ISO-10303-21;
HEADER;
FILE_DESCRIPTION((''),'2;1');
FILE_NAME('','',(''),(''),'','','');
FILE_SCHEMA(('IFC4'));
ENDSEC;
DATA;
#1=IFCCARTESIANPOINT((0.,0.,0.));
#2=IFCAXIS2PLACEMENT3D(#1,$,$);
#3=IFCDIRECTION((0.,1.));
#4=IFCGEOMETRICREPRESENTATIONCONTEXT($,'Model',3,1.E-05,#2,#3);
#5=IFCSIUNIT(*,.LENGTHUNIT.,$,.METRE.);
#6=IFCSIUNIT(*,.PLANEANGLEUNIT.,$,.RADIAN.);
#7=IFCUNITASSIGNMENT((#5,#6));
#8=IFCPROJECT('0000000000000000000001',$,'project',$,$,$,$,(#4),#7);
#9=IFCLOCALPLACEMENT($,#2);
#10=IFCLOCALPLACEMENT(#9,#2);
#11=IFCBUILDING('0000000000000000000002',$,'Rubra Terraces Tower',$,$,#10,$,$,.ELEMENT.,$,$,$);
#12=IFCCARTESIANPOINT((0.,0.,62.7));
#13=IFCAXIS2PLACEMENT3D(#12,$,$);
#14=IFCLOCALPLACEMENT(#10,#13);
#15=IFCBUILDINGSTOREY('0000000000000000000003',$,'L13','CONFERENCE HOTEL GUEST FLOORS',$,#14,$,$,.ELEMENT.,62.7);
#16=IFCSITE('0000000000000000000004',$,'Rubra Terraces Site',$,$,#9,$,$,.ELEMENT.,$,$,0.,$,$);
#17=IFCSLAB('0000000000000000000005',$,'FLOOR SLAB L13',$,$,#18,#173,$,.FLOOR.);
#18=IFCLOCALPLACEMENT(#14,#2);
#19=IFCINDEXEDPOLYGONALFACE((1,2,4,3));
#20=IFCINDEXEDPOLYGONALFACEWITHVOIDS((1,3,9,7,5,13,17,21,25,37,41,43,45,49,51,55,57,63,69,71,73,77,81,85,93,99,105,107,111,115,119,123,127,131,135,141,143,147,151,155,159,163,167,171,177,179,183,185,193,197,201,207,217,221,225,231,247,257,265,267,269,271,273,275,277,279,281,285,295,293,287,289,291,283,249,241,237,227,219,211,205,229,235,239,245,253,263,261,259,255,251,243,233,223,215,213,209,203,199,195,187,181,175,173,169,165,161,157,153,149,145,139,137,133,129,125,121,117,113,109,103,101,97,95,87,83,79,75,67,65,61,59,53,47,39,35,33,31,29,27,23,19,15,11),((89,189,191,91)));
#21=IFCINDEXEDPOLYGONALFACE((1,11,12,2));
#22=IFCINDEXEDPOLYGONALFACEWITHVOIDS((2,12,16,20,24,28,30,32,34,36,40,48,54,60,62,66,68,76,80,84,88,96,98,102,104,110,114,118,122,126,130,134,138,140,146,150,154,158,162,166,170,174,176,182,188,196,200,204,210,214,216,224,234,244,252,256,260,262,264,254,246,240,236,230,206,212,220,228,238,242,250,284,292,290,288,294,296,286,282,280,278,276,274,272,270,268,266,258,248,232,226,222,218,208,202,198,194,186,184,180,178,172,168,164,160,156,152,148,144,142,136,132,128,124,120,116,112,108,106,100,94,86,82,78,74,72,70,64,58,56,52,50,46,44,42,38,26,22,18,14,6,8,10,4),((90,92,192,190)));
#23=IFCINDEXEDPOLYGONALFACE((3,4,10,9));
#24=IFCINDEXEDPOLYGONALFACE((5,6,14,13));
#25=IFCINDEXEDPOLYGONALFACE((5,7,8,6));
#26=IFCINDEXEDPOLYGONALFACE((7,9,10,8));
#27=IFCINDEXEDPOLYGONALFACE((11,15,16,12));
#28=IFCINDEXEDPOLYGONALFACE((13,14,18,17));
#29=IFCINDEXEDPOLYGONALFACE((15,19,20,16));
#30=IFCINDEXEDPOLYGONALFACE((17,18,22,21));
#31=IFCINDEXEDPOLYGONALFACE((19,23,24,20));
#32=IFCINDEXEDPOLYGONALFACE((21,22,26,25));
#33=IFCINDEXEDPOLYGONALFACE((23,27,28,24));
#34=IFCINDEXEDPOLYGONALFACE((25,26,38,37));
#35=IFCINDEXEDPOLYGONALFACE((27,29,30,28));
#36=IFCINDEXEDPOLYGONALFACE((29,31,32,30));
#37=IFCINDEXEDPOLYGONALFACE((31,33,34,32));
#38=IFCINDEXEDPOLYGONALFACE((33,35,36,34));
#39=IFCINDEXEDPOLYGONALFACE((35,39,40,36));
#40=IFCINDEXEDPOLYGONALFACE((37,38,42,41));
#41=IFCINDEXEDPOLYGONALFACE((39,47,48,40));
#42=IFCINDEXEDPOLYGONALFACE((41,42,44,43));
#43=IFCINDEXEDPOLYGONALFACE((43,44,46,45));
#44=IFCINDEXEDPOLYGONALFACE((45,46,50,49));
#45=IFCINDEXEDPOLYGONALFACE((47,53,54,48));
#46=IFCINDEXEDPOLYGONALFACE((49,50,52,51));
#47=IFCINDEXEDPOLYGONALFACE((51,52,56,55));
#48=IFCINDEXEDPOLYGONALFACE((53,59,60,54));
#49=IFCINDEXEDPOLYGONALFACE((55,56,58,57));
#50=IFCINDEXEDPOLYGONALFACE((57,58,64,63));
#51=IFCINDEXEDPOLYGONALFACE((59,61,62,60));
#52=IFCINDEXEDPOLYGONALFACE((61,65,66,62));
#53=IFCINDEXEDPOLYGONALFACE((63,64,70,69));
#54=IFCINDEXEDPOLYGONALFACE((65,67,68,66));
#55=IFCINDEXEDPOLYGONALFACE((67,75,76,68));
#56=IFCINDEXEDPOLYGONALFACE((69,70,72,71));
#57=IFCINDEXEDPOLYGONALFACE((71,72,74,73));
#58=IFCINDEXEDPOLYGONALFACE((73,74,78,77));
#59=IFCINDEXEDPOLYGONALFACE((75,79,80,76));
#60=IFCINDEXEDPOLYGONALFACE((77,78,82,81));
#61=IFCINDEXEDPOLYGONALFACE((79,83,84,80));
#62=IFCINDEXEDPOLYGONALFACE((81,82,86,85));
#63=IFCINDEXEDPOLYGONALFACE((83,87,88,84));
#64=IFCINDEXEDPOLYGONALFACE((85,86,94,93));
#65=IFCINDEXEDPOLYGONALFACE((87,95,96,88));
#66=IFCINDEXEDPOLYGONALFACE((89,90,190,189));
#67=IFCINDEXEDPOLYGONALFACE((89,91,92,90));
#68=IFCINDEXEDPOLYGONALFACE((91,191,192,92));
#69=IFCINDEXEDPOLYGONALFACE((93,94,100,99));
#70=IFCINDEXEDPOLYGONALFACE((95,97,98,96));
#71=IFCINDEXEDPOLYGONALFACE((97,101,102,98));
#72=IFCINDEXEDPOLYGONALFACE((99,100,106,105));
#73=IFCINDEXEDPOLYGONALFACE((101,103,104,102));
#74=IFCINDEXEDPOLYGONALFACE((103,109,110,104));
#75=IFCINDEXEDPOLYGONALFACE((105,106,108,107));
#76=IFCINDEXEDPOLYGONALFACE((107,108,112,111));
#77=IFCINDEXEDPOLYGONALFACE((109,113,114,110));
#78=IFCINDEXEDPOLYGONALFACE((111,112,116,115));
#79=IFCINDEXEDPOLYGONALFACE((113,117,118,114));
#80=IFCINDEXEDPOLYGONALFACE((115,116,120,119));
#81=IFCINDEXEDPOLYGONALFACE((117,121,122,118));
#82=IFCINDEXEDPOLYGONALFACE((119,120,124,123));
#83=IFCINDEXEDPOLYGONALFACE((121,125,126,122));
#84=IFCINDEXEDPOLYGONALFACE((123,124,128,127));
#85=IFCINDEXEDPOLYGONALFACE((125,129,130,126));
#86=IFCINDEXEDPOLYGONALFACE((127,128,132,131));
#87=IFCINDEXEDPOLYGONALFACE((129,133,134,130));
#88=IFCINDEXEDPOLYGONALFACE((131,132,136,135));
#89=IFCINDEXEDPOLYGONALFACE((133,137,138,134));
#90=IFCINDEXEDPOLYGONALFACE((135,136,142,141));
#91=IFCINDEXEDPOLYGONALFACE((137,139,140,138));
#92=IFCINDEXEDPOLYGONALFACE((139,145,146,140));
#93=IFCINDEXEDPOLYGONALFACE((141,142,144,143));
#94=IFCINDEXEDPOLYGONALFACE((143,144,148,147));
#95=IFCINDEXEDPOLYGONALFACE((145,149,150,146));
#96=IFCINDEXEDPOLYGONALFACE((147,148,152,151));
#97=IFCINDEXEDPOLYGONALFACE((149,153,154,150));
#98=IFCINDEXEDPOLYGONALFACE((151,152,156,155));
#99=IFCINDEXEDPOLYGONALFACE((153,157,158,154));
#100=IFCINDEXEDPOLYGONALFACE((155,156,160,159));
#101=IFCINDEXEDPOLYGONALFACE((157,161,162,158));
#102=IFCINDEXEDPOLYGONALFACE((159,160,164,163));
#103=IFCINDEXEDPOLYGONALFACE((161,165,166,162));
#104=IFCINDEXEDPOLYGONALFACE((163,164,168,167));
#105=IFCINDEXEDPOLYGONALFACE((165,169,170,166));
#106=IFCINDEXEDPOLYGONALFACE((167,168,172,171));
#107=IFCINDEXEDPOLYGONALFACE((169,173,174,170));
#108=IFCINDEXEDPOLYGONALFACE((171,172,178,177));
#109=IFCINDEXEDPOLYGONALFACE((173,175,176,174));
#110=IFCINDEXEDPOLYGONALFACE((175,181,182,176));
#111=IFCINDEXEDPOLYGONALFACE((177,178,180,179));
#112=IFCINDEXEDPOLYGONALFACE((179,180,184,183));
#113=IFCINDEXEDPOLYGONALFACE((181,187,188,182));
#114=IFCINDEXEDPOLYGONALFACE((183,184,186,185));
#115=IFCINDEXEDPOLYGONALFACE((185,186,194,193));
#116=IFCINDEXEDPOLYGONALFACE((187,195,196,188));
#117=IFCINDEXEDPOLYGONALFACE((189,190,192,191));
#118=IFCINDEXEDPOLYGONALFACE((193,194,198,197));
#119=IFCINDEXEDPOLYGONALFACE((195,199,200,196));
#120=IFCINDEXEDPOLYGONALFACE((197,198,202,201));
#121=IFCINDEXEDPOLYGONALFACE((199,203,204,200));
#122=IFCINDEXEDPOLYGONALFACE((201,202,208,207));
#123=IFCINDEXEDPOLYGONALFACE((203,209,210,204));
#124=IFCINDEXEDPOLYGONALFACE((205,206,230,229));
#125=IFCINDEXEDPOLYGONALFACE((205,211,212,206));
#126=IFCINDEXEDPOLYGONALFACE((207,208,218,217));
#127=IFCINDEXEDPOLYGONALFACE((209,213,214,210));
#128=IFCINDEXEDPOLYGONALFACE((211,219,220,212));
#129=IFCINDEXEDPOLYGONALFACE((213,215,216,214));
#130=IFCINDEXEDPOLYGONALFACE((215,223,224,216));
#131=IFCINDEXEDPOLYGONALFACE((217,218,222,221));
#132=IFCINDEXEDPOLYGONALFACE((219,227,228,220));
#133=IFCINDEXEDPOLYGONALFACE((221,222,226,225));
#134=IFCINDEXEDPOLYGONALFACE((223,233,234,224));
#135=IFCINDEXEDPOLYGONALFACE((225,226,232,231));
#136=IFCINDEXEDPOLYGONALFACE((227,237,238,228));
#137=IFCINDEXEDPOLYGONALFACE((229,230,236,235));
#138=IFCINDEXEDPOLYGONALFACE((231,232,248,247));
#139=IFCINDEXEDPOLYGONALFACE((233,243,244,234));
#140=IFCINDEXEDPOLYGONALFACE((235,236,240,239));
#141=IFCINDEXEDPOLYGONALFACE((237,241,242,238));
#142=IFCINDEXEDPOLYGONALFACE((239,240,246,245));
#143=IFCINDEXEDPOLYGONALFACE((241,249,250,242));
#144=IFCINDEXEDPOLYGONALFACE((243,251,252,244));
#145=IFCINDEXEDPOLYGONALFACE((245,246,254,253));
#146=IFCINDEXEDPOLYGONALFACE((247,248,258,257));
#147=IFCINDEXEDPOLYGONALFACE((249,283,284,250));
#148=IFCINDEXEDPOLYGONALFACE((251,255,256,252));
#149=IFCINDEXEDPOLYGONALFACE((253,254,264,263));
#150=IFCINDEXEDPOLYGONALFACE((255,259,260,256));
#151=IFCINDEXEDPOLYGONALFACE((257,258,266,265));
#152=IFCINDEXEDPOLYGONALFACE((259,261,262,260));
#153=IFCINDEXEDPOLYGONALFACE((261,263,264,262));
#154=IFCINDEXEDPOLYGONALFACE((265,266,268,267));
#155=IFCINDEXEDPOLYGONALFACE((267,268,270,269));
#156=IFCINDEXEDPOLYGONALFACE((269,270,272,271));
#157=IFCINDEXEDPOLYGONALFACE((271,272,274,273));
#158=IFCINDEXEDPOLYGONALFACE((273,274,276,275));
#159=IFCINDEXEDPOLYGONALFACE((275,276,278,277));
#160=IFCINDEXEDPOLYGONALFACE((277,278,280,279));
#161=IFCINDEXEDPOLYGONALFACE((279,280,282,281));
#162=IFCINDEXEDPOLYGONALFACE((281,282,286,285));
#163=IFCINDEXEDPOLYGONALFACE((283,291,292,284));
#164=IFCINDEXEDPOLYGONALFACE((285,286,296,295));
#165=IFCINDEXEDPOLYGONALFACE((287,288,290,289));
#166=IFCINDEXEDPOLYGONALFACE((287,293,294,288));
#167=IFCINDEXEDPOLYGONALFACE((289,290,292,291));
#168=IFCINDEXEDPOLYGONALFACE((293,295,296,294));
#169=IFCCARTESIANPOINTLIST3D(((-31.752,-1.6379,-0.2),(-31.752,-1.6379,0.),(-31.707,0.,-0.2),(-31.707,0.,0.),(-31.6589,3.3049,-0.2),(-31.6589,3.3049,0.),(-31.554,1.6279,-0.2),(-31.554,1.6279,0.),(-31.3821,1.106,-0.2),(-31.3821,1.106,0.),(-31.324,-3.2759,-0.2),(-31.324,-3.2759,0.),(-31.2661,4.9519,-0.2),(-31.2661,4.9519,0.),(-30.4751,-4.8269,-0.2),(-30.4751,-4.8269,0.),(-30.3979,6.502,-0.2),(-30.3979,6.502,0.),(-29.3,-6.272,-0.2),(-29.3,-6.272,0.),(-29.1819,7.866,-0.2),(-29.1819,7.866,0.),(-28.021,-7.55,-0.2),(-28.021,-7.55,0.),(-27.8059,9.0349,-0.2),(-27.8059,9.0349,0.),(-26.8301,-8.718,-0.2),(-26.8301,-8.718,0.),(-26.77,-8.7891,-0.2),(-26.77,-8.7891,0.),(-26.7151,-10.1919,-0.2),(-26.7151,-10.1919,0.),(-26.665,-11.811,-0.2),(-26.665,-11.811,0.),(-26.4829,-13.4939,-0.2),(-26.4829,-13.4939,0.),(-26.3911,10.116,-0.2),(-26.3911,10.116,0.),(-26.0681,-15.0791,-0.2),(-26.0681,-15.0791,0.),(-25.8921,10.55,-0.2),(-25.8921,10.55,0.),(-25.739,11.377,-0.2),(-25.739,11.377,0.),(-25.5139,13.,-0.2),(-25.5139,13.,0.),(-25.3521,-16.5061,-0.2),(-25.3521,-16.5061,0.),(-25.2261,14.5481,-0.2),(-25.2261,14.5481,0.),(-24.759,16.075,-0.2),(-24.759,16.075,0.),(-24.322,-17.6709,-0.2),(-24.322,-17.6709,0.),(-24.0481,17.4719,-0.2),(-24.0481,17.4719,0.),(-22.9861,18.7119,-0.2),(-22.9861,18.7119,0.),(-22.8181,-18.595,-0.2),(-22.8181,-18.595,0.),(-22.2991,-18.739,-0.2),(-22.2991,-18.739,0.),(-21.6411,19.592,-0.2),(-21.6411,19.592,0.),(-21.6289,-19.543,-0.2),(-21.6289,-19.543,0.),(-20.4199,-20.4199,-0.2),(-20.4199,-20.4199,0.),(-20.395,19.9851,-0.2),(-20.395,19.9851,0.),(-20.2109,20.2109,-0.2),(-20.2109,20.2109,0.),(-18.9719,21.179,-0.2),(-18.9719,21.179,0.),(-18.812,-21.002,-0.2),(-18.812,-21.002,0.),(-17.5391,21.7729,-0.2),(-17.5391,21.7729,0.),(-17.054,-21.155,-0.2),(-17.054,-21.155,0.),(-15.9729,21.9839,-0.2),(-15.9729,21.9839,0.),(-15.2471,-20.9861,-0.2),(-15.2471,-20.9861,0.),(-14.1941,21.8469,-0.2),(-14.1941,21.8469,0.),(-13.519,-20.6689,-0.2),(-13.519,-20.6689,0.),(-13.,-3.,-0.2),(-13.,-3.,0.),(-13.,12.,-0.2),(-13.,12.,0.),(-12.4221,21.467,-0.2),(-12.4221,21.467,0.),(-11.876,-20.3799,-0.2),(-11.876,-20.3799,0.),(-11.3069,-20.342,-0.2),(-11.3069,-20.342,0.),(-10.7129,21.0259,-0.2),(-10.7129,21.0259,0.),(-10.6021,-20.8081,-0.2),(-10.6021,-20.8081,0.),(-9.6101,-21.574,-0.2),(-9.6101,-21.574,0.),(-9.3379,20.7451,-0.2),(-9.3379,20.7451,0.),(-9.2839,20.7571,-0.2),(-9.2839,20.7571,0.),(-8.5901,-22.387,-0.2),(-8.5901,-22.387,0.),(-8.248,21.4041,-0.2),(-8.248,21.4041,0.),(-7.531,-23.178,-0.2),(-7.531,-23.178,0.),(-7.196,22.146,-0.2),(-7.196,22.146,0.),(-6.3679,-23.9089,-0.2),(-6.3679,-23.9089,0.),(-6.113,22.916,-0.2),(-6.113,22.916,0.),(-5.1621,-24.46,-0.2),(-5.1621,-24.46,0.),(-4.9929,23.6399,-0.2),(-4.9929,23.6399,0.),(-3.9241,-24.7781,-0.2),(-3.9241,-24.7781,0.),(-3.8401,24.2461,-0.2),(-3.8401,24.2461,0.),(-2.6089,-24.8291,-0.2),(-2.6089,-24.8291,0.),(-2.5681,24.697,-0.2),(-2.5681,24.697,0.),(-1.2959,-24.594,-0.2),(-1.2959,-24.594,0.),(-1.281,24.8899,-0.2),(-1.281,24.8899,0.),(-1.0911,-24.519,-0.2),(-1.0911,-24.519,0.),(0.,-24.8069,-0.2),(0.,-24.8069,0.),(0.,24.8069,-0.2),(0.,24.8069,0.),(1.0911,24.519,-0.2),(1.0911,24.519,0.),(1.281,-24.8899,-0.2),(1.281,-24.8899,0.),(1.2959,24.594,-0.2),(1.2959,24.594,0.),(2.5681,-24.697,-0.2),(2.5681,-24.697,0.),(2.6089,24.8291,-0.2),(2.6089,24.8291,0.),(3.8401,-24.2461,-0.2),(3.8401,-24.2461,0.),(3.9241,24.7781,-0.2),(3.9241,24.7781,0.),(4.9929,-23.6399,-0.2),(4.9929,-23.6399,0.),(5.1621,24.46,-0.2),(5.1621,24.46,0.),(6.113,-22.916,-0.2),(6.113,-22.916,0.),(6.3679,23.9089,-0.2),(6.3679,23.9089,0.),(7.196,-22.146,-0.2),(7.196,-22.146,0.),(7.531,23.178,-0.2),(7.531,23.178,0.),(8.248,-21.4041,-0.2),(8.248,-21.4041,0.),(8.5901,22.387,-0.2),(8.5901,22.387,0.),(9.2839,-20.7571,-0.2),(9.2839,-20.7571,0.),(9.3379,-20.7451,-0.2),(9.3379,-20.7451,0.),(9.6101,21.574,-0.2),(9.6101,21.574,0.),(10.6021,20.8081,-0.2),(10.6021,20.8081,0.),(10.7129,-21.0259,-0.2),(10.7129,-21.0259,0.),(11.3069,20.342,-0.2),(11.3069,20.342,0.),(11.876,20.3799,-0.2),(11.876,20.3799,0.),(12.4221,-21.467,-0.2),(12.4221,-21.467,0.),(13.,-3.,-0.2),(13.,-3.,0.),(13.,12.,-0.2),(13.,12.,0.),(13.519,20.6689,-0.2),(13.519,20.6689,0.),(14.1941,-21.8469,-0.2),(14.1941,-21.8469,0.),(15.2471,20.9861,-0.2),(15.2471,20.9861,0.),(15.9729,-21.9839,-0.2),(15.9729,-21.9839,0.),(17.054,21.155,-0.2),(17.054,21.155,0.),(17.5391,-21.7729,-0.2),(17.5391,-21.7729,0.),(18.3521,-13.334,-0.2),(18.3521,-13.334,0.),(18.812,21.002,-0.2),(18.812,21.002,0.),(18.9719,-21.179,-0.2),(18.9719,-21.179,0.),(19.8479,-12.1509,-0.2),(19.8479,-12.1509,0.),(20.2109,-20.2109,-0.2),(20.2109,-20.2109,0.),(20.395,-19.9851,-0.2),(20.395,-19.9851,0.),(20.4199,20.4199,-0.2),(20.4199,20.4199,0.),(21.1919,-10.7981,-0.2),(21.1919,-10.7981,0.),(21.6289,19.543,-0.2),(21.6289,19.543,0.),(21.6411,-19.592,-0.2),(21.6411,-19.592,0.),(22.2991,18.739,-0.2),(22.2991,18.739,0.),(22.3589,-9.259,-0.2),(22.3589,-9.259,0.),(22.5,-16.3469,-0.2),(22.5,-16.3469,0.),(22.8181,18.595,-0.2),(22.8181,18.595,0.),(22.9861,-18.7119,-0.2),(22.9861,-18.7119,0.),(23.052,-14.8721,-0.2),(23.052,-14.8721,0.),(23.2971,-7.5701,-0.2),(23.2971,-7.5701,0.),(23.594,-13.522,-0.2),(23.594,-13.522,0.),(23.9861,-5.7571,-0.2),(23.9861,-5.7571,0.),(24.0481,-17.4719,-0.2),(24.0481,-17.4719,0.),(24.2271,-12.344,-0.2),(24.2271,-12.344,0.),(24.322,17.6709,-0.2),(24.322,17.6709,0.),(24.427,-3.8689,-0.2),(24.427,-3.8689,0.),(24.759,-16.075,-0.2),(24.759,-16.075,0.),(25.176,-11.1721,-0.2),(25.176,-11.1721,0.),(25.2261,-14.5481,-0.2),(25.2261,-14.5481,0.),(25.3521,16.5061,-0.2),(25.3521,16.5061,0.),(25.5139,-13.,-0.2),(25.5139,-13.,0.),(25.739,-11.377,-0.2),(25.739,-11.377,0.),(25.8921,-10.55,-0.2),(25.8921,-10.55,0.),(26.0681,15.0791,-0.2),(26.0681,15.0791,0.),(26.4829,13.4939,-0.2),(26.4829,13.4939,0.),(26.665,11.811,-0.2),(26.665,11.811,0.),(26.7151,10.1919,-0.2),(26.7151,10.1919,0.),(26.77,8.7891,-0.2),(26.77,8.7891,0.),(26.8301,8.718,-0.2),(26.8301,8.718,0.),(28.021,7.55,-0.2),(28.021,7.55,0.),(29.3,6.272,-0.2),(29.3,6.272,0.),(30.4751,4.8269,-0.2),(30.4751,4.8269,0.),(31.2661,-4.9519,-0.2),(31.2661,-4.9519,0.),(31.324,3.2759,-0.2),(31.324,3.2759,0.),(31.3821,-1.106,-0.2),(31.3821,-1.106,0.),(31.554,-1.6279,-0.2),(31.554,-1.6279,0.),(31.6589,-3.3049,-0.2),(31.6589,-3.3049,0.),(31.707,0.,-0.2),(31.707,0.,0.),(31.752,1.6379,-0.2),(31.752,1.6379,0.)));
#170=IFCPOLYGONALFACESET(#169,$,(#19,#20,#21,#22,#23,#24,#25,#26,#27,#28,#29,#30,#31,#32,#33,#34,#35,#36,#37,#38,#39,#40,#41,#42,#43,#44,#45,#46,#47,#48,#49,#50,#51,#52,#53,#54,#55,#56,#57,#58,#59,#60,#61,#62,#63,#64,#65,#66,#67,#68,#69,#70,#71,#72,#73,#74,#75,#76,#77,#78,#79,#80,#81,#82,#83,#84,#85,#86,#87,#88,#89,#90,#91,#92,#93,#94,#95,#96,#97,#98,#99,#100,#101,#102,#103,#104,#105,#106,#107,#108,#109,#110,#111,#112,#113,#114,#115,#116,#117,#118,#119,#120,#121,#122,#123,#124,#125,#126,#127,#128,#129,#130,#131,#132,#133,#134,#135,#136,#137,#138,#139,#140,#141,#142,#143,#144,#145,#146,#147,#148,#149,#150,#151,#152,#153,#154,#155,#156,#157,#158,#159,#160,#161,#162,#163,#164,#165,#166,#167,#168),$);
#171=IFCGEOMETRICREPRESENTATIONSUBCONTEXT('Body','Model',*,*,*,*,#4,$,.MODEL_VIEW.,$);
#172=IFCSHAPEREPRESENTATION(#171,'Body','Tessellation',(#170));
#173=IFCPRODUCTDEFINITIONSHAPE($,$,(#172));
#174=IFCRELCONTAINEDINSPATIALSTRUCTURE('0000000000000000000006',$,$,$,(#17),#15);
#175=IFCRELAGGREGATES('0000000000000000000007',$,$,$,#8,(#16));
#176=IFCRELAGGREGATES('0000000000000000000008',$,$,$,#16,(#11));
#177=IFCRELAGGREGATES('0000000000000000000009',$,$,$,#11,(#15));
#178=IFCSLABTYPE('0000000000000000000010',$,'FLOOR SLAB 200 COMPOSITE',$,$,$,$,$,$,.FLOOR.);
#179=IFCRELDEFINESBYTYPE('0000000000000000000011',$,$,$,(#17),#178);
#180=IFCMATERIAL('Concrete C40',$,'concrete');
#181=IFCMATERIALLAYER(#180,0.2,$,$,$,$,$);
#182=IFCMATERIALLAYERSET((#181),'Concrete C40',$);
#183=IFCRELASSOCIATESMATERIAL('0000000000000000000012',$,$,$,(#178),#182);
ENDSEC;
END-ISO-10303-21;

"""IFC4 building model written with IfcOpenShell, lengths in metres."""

from ifc_helpers import new_model, si_unit, direction, frame, origin, place, context, subcontext, project, spatial, polyline, outline, extrude, material, layer, layer_set, type_object, element, save


model = new_model("IFC4")

# Units and contexts
model_context = context("Model", 3, precision=1e-05, world=origin(), true_north=direction((0.0, 1.0)))
body_context = subcontext(model_context, "Body", "Model", "MODEL_VIEW")
ifc_project = project(units=[si_unit("LENGTHUNIT", "METRE"), si_unit("PLANEANGLEUNIT", "RADIAN")], contexts=[model_context])

# Site, building, storey
site_placement = place(None, origin())
site = spatial("IfcSite", under=ifc_project, at=site_placement, Name="Rubra Terraces Site", CompositionType="ELEMENT", RefElevation=0.0)
building_placement = place(site_placement, origin())
building = spatial("IfcBuilding", under=site, at=building_placement, Name="Rubra Terraces Tower", CompositionType="ELEMENT")
storey_placement = place(building_placement, frame((0.0, 0.0, 62.7)))
storey = spatial("IfcBuildingStorey", under=building, at=storey_placement, Name="L13", Description="CONFERENCE HOTEL GUEST FLOORS", CompositionType="ELEMENT", Elevation=62.7)

# Shared definitions
ifc_material_1 = material(Name="Concrete C40", Category="concrete")

# Slab
ifc_layer_1 = layer(ifc_material_1, 0.2)
ifc_layer_set_1 = layer_set([ifc_layer_1], Name="Concrete C40")
slab_type_1 = type_object("IfcSlabType", Name="FLOOR SLAB 200 COMPOSITE", PredefinedType="FLOOR", material=ifc_layer_set_1)
slab_1_placement = place(storey_placement, frame((0.0, 0.0, -0.2)))
element("IfcSlab", 1, at=slab_1_placement, inside=storey, type_object=slab_type_1, Name="FLOOR SLAB L13", PredefinedType="FLOOR", context=body_context, shape_type="SweptSolid", body=[
    extrude(outline(polyline([(6.113, -22.916), (7.196, -22.146), (8.248, -21.4041), (9.2839, -20.7571), (9.3379, -20.7451), (10.7129, -21.0259), (12.4221, -21.467), (14.1941, -21.8469), (15.9729, -21.9839), (17.5391, -21.7729), (18.9719, -21.179), (20.2109, -20.2109), (20.395, -19.9851), (21.6411, -19.592), (22.9861, -18.7119), (24.0481, -17.4719), (24.759, -16.075), (25.2261, -14.5481), (25.5139, -13.0), (25.739, -11.377), (25.8921, -10.55), (25.176, -11.1721), (24.2271, -12.344), (23.594, -13.522), (23.052, -14.8721), (22.5, -16.3469), (18.3521, -13.334), (19.8479, -12.1509), (21.1919, -10.7981), (22.3589, -9.259), (23.2971, -7.5701), (23.9861, -5.7571), (24.427, -3.8689), (31.2661, -4.9519), (31.6589, -3.3049), (31.554, -1.6279), (31.3821, -1.106), (31.707, 0.0), (31.752, 1.6379), (31.324, 3.2759), (30.4751, 4.8269), (29.3, 6.272), (28.021, 7.55), (26.8301, 8.718), (26.77, 8.7891), (26.7151, 10.1919), (26.665, 11.811), (26.4829, 13.4939), (26.0681, 15.0791), (25.3521, 16.5061), (24.322, 17.6709), (22.8181, 18.595), (22.2991, 18.739), (21.6289, 19.543), (20.4199, 20.4199), (18.812, 21.002), (17.054, 21.155), (15.2471, 20.9861), (13.519, 20.6689), (11.876, 20.3799), (11.3069, 20.342), (10.6021, 20.8081), (9.6101, 21.574), (8.5901, 22.387), (7.531, 23.178), (6.3679, 23.9089), (5.1621, 24.46), (3.9241, 24.7781), (2.6089, 24.8291), (1.2959, 24.594), (1.0911, 24.519), (0.0, 24.8069), (-1.281, 24.8899), (-2.5681, 24.697), (-3.8401, 24.2461), (-4.9929, 23.6399), (-6.113, 22.916), (-7.196, 22.146), (-8.248, 21.4041), (-9.2839, 20.7571), (-9.3379, 20.7451), (-10.7129, 21.0259), (-12.4221, 21.467), (-14.1941, 21.8469), (-15.9729, 21.9839), (-17.5391, 21.7729), (-18.9719, 21.179), (-20.2109, 20.2109), (-20.395, 19.9851), (-21.6411, 19.592), (-22.9861, 18.7119), (-24.0481, 17.4719), (-24.759, 16.075), (-25.2261, 14.5481), (-25.5139, 13.0), (-25.739, 11.377), (-25.8921, 10.55), (-26.3911, 10.116), (-27.8059, 9.0349), (-29.1819, 7.866), (-30.3979, 6.502), (-31.2661, 4.9519), (-31.6589, 3.3049), (-31.554, 1.6279), (-31.3821, 1.106), (-31.707, 0.0), (-31.752, -1.6379), (-31.324, -3.2759), (-30.4751, -4.8269), (-29.3, -6.272), (-28.021, -7.55), (-26.8301, -8.718), (-26.77, -8.7891), (-26.7151, -10.1919), (-26.665, -11.811), (-26.4829, -13.4939), (-26.0681, -15.0791), (-25.3521, -16.5061), (-24.322, -17.6709), (-22.8181, -18.595), (-22.2991, -18.739), (-21.6289, -19.543), (-20.4199, -20.4199), (-18.812, -21.002), (-17.054, -21.155), (-15.2471, -20.9861), (-13.519, -20.6689), (-11.876, -20.3799), (-11.3069, -20.342), (-10.6021, -20.8081), (-9.6101, -21.574), (-8.5901, -22.387), (-7.531, -23.178), (-6.3679, -23.9089), (-5.1621, -24.46), (-3.9241, -24.7781), (-2.6089, -24.8291), (-1.2959, -24.594), (-1.0911, -24.519), (0.0, -24.8069), (1.281, -24.8899), (2.5681, -24.697), (3.8401, -24.2461), (4.9929, -23.6399), (6.113, -22.916)]), holes=[polyline([(13.0, 12.0), (13.0, -3.0), (-13.0, -3.0), (-13.0, 12.0), (13.0, 12.0)])]), origin(), (0.0, 0.0, 1.0), 0.2),
])

save(model, "model.ifc")
